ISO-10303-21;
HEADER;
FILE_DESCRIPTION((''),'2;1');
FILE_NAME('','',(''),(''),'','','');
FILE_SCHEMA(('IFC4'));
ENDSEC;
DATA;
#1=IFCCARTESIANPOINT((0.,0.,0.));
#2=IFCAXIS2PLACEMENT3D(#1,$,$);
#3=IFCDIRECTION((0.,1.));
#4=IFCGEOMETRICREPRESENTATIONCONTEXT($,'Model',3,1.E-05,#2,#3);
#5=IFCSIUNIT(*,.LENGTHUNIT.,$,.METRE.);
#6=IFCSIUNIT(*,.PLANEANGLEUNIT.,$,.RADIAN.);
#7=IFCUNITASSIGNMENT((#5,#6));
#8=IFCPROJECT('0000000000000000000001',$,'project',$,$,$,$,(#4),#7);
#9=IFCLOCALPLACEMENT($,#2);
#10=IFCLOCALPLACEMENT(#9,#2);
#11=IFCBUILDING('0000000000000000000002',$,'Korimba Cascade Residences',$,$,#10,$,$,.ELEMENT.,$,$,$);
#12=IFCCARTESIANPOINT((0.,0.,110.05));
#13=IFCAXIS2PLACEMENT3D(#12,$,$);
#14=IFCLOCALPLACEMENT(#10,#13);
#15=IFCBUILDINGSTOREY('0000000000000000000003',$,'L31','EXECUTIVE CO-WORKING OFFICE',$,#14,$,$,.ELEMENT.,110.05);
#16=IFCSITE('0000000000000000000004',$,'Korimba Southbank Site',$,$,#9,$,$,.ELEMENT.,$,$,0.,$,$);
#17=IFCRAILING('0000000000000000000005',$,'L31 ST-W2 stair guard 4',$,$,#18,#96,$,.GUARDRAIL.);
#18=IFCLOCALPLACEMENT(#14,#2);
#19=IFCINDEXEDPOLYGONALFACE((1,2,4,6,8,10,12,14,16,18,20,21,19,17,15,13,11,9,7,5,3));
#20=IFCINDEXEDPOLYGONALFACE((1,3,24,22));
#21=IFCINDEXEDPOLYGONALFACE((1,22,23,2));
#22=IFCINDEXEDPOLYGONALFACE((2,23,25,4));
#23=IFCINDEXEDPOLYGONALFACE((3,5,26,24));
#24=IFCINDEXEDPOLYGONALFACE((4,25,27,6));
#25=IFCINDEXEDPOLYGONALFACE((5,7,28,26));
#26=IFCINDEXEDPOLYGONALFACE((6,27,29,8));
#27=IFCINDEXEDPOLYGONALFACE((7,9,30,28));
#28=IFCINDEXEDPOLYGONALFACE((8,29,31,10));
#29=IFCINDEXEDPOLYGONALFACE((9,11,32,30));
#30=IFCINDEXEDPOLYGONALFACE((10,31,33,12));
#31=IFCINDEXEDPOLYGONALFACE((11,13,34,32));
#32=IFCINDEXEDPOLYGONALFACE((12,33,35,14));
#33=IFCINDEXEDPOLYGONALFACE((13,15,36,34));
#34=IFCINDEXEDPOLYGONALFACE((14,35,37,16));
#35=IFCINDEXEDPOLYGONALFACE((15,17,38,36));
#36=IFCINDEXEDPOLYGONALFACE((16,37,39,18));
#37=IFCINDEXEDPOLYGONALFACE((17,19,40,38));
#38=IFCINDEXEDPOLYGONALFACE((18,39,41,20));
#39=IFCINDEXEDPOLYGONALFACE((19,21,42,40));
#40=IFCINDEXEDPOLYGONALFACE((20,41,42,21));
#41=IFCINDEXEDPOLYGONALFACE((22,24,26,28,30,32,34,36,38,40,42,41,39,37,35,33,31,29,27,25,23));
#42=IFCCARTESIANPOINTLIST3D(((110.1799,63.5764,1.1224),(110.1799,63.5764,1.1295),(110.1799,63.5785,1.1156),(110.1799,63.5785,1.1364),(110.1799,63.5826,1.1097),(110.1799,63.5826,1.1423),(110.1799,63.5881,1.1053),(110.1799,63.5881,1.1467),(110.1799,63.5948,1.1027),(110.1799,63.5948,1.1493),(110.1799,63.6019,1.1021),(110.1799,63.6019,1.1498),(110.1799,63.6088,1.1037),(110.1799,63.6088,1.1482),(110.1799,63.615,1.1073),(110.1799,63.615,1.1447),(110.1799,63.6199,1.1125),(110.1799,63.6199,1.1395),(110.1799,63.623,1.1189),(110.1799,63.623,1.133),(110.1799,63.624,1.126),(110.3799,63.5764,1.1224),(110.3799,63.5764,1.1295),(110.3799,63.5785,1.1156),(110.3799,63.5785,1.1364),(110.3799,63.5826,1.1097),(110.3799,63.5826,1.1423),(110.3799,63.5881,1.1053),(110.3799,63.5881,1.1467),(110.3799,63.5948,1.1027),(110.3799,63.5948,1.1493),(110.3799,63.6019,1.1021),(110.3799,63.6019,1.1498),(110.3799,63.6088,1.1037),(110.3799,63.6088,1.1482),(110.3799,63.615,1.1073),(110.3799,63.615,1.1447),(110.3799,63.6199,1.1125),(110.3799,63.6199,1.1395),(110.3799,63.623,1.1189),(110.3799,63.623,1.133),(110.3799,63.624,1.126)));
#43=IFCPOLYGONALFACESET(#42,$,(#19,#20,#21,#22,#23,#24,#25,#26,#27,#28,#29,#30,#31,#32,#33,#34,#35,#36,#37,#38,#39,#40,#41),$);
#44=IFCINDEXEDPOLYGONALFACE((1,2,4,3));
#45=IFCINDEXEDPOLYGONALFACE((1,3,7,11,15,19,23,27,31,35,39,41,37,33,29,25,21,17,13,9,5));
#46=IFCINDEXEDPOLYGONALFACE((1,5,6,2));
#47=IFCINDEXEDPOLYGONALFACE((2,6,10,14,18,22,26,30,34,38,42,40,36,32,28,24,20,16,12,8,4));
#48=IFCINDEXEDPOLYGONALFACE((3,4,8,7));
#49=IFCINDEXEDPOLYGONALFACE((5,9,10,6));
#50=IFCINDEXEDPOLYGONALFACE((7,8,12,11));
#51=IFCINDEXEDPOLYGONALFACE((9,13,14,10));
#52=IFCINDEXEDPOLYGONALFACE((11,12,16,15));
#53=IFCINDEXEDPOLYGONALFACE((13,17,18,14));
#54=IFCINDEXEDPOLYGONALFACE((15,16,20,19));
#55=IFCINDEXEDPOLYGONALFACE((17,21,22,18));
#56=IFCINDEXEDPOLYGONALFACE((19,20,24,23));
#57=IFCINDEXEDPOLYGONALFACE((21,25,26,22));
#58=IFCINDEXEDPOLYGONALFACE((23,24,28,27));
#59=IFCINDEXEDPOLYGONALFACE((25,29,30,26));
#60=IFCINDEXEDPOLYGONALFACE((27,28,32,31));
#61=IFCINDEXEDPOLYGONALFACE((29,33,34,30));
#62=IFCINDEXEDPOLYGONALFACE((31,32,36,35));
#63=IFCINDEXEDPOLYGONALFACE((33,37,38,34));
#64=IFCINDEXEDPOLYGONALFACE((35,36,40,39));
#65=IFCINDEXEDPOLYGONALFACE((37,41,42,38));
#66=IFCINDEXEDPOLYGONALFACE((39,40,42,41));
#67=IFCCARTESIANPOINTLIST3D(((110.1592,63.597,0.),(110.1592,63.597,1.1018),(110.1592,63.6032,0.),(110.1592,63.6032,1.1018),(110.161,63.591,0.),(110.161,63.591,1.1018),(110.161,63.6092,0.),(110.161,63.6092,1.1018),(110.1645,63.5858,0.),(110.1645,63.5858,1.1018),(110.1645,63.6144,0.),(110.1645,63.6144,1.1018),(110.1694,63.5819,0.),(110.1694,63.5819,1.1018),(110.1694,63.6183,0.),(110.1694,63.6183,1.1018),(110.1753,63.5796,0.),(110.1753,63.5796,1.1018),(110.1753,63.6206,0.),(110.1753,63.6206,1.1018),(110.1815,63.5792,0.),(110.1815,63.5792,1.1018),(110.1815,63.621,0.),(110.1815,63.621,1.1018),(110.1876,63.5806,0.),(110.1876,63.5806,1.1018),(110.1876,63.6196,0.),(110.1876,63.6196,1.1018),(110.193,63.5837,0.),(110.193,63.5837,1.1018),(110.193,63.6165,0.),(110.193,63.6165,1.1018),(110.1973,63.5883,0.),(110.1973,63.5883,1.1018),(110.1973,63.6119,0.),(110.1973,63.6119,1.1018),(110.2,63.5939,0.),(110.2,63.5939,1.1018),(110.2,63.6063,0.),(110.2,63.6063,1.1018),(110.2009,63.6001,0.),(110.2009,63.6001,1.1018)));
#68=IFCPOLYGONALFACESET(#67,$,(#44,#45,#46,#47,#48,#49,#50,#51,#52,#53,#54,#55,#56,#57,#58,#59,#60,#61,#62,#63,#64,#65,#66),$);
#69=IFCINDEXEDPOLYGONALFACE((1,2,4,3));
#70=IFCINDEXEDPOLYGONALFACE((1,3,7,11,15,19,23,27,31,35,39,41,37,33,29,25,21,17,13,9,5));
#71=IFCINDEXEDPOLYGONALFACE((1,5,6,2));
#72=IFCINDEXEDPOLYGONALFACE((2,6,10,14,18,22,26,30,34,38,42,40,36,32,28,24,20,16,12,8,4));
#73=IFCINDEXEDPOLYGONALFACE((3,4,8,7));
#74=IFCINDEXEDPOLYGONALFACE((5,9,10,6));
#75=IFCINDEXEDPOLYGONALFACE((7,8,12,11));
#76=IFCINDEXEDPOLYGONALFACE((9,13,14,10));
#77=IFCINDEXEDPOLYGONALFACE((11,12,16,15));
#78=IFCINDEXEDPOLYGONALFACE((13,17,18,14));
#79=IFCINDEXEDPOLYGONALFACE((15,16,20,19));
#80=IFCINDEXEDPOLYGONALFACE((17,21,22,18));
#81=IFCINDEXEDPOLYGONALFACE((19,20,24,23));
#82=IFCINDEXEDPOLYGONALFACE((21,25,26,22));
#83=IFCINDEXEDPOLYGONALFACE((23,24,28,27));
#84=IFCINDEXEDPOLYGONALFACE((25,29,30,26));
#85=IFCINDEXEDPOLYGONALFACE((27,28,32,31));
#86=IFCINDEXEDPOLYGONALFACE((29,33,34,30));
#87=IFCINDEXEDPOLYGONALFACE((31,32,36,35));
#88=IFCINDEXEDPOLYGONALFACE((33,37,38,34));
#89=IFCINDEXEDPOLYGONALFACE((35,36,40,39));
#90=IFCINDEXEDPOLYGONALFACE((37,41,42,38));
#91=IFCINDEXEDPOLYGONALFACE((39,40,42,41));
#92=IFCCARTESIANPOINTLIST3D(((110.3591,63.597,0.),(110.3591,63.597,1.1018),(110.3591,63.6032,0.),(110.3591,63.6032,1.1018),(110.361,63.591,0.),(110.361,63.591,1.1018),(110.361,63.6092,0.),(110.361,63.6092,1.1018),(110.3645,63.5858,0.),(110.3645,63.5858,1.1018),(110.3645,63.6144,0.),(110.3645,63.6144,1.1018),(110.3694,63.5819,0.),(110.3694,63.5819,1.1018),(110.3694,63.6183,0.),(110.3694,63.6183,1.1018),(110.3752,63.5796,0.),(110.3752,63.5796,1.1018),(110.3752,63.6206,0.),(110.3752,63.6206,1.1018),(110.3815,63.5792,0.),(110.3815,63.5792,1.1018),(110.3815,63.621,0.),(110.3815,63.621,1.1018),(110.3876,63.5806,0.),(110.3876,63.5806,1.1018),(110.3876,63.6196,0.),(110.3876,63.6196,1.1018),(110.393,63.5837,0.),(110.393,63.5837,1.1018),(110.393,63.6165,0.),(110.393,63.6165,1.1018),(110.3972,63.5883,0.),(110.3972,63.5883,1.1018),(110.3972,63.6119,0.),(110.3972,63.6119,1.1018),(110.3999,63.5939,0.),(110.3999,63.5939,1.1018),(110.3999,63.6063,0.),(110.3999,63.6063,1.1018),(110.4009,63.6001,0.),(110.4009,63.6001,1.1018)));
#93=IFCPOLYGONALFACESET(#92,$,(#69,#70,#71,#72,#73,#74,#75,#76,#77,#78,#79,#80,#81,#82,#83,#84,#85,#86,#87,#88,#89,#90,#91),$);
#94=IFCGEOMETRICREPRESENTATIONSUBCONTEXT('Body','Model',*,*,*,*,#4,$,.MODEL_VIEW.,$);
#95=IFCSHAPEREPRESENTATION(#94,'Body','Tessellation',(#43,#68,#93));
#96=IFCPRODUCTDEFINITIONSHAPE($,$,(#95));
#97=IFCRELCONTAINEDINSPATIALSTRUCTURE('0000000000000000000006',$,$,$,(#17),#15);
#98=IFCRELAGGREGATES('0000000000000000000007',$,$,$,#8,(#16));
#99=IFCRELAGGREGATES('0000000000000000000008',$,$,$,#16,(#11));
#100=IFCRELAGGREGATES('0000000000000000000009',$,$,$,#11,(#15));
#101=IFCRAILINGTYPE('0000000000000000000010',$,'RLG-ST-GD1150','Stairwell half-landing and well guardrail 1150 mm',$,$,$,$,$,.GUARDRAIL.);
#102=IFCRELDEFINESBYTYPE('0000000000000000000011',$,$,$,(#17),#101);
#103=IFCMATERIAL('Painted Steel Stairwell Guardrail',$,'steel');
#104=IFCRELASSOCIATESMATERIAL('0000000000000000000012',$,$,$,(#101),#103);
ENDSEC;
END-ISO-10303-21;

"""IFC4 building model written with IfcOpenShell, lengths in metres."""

from ifc_helpers import new_model, si_unit, direction, frame, origin, origin_2d, place, context, subcontext, project, spatial, circle, extrude, material, type_object, element, save


model = new_model("IFC4")

# Units and contexts
model_context = context("Model", 3, precision=1e-05, world=origin(), true_north=direction((0.0, 1.0)))
body_context = subcontext(model_context, "Body", "Model", "MODEL_VIEW")
ifc_project = project(units=[si_unit("LENGTHUNIT", "METRE"), si_unit("PLANEANGLEUNIT", "RADIAN")], contexts=[model_context])

# Site, building, storey
site_placement = place(None, origin())
site = spatial("IfcSite", under=ifc_project, at=site_placement, Name="Korimba Southbank Site", CompositionType="ELEMENT", RefElevation=0.0)
building_placement = place(site_placement, origin())
building = spatial("IfcBuilding", under=site, at=building_placement, Name="Korimba Cascade Residences", CompositionType="ELEMENT")
storey_placement = place(building_placement, frame((0.0, 0.0, 110.05)))
storey = spatial("IfcBuildingStorey", under=building, at=storey_placement, Name="L31", Description="EXECUTIVE CO-WORKING OFFICE", CompositionType="ELEMENT", Elevation=110.05)

# Railing
ifc_material_1 = material(Name="Painted Steel Stairwell Guardrail", Category="steel")
railing_type_1 = type_object("IfcRailingType", Name="RLG-ST-GD1150", Description="Stairwell half-landing and well guardrail 1150 mm", PredefinedType="GUARDRAIL", material=ifc_material_1)
railing_1_placement = place(storey_placement, frame((110.1799, 63.6001, 0.0)))
element("IfcRailing", 1, at=railing_1_placement, inside=storey, type_object=railing_type_1, Name="L31 ST-W2 stair guard 4", PredefinedType="GUARDRAIL", context=body_context, shape_type="SweptSolid", body=[
    extrude(circle(Radius=0.0239, at=origin_2d()), frame((0.0, 0.0, 1.126), z_axis=(1.0, 0.0, 0.0), x_axis=(0.0, 1.0, 0.0)), (0.0, 0.0, 1.0), 0.2),
    extrude(circle(Radius=0.021, at=origin_2d()), origin(), (0.0, 0.0, 1.0), 1.1018),
    extrude(circle(Radius=0.021, at=origin_2d()), frame((0.2, 0.0, 0.0)), (0.0, 0.0, 1.0), 1.1018),
])

save(model, "model.ifc")
